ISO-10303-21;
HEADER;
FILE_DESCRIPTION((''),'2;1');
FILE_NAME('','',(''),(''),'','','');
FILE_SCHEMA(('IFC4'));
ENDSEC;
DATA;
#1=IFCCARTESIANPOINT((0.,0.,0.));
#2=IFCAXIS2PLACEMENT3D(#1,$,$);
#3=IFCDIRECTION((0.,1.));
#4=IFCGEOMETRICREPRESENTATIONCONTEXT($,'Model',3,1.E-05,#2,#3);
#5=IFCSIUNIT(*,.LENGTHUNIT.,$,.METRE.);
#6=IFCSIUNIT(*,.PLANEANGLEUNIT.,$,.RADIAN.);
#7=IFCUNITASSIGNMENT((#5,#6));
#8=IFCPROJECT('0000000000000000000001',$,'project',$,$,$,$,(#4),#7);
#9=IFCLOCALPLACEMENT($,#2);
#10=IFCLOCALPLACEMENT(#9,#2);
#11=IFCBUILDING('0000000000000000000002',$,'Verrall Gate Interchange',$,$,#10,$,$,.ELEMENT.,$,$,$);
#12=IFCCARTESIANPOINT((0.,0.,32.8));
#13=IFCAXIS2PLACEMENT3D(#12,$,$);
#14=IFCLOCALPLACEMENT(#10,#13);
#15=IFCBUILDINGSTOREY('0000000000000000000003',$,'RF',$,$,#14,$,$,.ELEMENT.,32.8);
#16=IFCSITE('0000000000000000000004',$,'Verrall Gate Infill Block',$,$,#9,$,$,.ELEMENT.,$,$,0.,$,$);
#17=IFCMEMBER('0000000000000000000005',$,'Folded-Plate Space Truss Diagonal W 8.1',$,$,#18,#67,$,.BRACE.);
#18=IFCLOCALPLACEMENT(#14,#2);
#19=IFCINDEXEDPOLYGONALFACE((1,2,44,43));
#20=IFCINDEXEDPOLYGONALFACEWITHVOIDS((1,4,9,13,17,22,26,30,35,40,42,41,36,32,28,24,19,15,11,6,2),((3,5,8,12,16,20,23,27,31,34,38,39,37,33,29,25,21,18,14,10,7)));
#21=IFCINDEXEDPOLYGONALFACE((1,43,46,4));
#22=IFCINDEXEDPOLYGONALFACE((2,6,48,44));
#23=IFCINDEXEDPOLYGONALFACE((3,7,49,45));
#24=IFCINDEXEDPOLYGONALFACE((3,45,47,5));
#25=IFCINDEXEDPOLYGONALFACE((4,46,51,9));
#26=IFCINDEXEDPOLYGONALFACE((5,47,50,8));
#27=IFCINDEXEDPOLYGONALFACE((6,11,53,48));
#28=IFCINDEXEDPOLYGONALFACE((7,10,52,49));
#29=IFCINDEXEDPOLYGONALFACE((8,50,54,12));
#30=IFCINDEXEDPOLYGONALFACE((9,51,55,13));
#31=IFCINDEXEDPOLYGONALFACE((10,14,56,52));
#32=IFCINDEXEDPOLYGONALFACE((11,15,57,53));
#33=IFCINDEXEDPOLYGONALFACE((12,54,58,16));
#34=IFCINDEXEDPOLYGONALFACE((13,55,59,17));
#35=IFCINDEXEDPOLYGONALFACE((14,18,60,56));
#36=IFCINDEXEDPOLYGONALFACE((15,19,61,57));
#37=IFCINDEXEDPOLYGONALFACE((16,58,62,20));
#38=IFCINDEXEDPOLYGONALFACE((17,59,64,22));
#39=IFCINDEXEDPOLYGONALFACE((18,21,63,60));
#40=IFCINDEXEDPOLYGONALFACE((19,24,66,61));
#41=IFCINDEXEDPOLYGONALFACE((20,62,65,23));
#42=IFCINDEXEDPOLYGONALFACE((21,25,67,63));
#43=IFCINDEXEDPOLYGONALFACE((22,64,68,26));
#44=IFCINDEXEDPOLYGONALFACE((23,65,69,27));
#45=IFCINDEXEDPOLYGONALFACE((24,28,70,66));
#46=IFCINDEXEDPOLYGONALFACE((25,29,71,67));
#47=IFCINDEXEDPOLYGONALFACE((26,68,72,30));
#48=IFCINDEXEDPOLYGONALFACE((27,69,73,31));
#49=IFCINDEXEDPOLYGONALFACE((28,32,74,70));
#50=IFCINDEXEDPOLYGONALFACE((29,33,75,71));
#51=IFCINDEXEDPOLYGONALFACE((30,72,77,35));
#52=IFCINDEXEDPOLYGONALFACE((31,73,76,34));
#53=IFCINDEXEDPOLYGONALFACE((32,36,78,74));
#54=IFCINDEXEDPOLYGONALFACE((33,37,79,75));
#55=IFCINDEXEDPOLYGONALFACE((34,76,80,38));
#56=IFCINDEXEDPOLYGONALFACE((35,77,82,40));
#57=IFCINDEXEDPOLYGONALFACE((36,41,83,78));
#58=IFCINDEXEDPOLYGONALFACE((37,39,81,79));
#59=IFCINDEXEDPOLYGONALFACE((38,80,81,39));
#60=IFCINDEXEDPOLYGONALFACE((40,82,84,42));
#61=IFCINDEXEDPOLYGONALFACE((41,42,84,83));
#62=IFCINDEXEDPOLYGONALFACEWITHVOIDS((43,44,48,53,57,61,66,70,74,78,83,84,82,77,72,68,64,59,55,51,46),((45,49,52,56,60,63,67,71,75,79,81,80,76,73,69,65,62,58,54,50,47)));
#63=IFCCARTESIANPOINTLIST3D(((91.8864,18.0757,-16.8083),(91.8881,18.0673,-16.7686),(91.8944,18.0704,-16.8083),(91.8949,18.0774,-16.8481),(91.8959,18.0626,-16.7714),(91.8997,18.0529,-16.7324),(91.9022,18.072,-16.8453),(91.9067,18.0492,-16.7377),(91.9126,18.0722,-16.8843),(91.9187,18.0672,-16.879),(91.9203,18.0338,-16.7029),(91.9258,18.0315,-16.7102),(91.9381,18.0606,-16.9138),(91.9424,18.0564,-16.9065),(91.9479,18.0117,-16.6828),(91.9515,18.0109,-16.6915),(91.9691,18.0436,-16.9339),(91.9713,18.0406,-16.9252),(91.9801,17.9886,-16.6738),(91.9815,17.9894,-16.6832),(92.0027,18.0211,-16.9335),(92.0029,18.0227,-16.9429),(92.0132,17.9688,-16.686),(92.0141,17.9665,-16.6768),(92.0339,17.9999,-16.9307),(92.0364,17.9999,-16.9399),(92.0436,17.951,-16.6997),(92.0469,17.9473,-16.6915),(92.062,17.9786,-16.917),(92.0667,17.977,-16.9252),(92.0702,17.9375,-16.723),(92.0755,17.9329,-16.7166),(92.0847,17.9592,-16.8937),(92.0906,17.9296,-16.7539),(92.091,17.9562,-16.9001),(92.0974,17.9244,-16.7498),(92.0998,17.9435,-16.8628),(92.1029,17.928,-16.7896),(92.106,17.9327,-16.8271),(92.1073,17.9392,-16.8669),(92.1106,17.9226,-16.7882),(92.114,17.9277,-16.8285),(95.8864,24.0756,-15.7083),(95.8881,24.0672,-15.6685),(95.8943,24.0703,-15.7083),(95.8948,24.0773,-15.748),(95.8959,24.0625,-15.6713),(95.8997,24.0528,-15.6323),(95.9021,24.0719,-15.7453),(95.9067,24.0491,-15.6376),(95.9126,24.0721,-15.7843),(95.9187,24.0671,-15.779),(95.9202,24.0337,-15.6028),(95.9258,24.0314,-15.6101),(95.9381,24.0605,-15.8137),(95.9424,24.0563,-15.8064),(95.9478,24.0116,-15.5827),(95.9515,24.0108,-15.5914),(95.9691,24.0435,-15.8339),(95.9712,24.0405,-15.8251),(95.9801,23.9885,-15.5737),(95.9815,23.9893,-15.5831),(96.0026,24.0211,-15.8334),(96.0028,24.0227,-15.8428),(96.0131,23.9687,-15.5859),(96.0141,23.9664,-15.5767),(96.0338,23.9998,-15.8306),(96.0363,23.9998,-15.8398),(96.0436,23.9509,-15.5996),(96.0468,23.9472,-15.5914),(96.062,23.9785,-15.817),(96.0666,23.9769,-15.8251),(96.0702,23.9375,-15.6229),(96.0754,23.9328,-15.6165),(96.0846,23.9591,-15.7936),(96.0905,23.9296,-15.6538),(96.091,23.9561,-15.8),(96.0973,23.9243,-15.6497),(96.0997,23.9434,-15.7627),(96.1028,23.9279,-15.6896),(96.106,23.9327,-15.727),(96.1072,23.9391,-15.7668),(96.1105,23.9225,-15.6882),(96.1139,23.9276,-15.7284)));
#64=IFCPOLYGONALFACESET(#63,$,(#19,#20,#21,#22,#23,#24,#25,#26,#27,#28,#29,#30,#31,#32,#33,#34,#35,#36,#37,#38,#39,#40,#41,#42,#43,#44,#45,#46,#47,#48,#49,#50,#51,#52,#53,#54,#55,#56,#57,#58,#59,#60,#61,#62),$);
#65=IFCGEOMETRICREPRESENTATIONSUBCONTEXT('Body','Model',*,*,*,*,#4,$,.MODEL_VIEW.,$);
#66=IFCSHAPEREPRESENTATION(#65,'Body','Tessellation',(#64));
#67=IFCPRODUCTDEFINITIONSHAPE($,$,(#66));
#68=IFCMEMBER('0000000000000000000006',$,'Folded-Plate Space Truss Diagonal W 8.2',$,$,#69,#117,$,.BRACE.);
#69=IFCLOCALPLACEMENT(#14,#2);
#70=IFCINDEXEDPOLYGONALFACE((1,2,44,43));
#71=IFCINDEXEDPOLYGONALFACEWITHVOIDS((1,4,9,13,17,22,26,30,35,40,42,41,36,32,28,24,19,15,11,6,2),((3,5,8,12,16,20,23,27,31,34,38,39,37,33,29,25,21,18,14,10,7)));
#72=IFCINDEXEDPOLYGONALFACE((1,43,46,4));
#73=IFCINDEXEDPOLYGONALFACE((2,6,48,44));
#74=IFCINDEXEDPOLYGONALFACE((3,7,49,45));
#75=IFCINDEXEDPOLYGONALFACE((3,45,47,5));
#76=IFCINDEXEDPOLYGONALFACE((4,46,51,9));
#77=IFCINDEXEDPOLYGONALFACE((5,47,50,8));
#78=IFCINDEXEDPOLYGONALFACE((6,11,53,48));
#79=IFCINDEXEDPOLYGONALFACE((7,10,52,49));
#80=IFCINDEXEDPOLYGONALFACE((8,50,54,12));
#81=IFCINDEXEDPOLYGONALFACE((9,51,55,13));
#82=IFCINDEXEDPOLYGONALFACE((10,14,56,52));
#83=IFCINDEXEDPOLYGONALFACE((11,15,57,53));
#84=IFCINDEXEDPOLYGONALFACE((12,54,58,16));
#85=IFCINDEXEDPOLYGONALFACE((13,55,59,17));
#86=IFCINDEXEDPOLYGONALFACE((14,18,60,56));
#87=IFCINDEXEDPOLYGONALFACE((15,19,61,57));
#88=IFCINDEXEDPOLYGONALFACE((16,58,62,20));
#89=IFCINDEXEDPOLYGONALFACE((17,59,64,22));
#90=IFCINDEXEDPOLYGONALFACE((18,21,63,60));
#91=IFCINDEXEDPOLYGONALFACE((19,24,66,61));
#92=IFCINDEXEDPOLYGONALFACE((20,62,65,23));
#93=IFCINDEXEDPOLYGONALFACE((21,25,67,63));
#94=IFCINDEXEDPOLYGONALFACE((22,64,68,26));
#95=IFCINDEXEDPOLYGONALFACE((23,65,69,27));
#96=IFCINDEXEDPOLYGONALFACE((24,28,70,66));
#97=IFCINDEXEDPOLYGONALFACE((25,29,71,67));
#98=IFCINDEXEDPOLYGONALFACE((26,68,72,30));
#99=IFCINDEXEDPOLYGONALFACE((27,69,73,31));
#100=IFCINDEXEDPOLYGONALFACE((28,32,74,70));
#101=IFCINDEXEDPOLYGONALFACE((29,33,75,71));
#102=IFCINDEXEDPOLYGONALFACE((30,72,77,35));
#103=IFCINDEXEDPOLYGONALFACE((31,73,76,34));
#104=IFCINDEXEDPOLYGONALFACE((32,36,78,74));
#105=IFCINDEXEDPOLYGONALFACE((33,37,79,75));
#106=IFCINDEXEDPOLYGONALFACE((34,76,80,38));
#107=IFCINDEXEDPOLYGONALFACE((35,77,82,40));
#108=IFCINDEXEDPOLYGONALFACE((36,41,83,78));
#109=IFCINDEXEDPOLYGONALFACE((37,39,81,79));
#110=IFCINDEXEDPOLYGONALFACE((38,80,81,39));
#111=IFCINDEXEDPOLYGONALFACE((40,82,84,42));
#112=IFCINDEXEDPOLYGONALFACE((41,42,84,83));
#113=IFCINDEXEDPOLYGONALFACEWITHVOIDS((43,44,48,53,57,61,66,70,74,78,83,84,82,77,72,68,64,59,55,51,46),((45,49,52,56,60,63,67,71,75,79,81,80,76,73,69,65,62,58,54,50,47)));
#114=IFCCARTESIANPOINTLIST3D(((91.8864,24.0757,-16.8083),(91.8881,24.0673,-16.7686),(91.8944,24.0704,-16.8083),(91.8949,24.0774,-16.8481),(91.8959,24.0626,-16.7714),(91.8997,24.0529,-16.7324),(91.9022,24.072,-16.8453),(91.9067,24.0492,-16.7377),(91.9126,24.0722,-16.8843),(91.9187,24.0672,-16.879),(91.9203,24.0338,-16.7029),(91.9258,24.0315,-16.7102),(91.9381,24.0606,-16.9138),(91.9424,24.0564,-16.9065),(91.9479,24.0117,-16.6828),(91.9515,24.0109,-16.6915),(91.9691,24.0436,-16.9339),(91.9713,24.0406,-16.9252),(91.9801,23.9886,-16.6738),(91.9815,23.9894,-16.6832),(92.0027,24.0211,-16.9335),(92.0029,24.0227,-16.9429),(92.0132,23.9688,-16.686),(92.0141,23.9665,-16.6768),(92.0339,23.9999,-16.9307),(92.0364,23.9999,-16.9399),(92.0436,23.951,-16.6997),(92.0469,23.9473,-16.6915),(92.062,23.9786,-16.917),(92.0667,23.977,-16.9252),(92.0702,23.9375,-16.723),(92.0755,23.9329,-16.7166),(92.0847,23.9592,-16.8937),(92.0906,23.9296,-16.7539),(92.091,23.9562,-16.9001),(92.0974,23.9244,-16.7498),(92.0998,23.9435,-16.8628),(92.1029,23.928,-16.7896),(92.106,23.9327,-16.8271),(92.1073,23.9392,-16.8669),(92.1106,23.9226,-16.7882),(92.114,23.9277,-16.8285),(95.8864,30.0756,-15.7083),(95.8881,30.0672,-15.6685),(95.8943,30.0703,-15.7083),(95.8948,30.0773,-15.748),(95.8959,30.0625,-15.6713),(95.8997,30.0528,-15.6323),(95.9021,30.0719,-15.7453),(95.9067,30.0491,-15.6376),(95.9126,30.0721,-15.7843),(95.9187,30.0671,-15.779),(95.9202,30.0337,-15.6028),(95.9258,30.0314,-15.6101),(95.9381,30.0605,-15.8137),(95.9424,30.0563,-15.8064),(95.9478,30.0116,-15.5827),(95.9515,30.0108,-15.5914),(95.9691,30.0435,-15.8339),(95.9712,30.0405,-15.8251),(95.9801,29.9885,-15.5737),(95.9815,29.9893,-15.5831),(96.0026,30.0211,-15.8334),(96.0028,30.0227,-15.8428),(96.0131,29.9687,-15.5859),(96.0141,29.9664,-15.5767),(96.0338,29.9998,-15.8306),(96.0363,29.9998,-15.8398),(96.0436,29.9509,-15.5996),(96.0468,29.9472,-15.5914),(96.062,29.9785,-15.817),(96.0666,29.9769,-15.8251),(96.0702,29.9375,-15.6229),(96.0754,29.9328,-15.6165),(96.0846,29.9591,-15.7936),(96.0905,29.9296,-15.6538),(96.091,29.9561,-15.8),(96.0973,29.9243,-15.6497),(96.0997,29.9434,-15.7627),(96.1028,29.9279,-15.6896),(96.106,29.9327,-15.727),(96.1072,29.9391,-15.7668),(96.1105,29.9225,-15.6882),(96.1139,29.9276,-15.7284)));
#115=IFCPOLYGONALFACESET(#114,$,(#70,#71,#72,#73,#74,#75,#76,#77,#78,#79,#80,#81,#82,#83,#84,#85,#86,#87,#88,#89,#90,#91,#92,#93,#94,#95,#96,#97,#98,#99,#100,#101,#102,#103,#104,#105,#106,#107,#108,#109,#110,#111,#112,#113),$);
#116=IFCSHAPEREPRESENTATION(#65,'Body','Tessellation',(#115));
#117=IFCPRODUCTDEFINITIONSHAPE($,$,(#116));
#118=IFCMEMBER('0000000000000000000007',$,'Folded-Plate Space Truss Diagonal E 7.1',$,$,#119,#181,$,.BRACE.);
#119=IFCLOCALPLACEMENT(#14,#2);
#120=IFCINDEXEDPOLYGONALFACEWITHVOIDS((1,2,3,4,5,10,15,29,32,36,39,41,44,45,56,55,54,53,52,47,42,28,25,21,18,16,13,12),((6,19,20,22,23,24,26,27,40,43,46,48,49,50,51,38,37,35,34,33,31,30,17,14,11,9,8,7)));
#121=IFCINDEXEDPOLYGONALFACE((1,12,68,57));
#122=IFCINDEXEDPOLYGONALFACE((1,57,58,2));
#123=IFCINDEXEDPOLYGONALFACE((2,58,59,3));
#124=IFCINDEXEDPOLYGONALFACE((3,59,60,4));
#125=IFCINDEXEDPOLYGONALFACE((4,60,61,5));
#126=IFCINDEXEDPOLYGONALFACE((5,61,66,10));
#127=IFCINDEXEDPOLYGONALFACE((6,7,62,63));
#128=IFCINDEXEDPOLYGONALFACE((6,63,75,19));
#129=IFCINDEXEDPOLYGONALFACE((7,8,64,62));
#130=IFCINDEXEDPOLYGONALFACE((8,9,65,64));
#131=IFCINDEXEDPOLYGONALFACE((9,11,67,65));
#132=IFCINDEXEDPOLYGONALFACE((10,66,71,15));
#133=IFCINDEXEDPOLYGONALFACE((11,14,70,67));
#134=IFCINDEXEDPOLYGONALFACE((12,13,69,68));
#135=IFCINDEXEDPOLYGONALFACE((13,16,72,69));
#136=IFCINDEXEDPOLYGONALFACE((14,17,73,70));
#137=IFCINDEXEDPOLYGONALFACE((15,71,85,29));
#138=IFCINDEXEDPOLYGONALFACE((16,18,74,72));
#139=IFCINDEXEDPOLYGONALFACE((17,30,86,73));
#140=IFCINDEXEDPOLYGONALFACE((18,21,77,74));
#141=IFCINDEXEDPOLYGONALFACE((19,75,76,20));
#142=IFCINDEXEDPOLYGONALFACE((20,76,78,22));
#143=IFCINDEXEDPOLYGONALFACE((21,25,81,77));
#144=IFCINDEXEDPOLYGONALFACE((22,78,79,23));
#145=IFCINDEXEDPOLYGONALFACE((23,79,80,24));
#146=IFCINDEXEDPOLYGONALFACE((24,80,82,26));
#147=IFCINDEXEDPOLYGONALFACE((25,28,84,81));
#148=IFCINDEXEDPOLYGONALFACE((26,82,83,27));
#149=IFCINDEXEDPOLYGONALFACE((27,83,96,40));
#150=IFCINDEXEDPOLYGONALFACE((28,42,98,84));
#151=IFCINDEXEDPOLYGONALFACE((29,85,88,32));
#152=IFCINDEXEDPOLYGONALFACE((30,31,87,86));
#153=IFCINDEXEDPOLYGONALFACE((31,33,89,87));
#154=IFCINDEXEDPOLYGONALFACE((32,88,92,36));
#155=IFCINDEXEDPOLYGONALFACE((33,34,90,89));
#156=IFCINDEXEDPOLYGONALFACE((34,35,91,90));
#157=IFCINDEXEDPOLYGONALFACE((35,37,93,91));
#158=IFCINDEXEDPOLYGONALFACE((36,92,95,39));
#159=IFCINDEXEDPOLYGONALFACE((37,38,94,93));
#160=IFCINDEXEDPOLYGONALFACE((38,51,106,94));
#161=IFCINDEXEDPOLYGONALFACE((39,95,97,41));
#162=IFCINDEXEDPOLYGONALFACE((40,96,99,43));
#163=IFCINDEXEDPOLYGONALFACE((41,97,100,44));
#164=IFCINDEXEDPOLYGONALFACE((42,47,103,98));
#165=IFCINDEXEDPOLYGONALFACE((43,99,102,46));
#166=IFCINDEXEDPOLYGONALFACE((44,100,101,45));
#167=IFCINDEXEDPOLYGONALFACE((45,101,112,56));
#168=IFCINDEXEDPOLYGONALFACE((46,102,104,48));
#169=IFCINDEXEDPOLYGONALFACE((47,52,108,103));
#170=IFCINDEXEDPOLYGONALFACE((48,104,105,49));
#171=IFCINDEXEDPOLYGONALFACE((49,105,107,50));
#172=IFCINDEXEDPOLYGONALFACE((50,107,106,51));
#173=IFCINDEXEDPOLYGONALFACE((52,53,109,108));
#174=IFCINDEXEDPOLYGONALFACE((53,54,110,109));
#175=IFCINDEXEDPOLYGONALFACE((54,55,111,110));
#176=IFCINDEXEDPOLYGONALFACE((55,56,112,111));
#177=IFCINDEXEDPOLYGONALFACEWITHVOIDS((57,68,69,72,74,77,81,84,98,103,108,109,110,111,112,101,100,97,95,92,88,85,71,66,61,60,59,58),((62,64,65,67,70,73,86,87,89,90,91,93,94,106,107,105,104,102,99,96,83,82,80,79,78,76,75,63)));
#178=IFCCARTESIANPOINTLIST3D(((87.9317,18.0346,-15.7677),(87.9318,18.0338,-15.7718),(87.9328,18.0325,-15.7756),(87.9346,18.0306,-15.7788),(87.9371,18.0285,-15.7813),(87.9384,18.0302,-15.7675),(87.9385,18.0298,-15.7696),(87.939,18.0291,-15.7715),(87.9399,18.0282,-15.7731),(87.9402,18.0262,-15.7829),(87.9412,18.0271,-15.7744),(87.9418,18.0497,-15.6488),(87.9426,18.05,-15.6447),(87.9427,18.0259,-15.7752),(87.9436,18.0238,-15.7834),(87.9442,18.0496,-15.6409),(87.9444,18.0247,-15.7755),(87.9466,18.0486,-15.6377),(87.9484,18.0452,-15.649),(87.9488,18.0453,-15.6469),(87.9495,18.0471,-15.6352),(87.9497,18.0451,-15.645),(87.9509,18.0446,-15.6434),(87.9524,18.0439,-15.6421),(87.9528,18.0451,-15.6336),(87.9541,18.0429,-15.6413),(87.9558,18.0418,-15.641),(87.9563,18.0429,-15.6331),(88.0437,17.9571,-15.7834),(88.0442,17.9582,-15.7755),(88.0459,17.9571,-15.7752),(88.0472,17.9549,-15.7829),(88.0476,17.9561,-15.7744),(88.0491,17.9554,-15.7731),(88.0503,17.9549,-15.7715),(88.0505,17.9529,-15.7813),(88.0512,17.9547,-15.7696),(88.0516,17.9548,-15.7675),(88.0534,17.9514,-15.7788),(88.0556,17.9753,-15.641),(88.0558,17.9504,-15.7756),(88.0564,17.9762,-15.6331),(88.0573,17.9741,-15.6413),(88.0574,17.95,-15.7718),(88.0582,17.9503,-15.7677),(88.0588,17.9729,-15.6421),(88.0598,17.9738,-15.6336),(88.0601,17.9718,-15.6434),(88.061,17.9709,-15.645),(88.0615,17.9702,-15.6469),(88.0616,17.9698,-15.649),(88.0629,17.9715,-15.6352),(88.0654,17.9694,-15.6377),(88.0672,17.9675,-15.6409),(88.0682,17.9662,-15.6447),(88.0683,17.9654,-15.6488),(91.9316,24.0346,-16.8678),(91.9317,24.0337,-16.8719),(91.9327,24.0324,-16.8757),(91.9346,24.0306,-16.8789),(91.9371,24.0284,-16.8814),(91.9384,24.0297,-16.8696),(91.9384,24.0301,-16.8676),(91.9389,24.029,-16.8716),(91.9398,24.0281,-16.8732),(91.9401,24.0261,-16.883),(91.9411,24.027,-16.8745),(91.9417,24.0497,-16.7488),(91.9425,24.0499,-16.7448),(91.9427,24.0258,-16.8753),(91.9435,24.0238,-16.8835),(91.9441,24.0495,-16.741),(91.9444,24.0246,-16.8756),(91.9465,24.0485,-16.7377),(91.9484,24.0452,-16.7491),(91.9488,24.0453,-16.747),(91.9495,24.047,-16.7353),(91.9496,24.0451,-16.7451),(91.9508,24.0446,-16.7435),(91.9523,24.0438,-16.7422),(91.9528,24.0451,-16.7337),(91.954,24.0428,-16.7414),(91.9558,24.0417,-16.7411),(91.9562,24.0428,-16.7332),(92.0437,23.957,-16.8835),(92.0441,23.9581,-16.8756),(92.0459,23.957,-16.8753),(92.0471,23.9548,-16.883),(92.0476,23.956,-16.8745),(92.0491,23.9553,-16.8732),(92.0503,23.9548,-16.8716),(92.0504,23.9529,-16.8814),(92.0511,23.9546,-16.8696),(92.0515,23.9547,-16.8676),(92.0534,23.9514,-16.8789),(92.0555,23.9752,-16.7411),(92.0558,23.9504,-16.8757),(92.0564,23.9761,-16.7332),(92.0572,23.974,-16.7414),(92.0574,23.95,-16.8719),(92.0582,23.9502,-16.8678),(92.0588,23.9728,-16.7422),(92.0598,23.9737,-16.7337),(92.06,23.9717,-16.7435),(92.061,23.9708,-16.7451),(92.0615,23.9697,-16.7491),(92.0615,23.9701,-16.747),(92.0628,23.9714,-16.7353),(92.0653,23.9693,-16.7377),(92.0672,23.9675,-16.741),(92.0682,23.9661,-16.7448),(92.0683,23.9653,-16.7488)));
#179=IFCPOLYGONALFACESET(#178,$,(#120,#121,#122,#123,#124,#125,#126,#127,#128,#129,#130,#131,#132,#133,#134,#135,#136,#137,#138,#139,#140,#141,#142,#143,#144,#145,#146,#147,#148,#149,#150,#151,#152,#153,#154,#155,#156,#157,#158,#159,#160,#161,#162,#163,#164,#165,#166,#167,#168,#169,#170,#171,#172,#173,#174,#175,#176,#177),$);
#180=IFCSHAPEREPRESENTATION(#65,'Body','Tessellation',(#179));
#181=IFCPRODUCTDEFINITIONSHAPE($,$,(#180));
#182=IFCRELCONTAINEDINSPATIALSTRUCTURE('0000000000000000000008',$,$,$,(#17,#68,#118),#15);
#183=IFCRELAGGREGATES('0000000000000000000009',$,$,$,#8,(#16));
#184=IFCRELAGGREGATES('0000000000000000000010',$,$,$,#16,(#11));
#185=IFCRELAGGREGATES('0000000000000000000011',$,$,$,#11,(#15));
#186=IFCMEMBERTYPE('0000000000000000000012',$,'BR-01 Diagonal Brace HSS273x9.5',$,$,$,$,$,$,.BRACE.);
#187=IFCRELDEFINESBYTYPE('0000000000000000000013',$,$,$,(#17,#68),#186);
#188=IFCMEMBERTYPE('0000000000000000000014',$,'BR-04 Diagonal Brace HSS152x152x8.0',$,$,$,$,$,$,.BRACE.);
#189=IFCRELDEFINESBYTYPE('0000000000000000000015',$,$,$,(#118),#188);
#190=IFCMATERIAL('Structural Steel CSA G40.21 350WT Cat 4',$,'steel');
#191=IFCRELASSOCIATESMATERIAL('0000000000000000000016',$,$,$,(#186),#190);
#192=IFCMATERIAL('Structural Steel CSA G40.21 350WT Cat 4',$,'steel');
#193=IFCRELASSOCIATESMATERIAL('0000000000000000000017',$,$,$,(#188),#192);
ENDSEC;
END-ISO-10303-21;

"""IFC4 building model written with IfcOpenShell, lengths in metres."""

from ifc_helpers import new_model, si_unit, direction, frame, origin, origin_2d, place, context, subcontext, project, spatial, hollow_rectangle, hollow_circle, extrude, material, material_profile, profile_set, type_object, element, save


model = new_model("IFC4")

# Units and contexts
model_context = context("Model", 3, precision=1e-05, world=origin(), true_north=direction((0.0, 1.0)))
body_context = subcontext(model_context, "Body", "Model", "MODEL_VIEW")
ifc_project = project(units=[si_unit("LENGTHUNIT", "METRE"), si_unit("PLANEANGLEUNIT", "RADIAN")], contexts=[model_context])

# Site, building, storey
site_placement = place(None, origin())
site = spatial("IfcSite", under=ifc_project, at=site_placement, Name="Verrall Gate Infill Block", CompositionType="ELEMENT", RefElevation=0.0)
building_placement = place(site_placement, origin())
building = spatial("IfcBuilding", under=site, at=building_placement, Name="Verrall Gate Interchange", CompositionType="ELEMENT")
storey_placement = place(building_placement, frame((0.0, 0.0, 32.8)))
storey = spatial("IfcBuildingStorey", under=building, at=storey_placement, Name="RF", CompositionType="ELEMENT", Elevation=32.8)

# Members
ifc_material_1 = material(Name="Structural Steel CSA G40.21 350WT Cat 4", Category="steel")
ifc_material_profile_1 = material_profile(ifc_material_1, hollow_circle(Radius=0.1365, WallThickness=0.0095, at=origin_2d()), Name="HSS273x9.5")
ifc_profile_set_1 = profile_set([ifc_material_profile_1], Name="Structural Steel CSA G40.21 350WT Cat 4")
member_type_1 = type_object("IfcMemberType", Name="BR-01 Diagonal Brace HSS273x9.5", PredefinedType="BRACE", material=ifc_profile_set_1)
for number, where, z_axis, x_axis, name in (
    (1, (92.0, 18.0, -16.8083), (0.548356, 0.822534, 0.150811), (-0.83205, 0.5547, 0.0), "Folded-Plate Space Truss Diagonal W 8.1"),
    (2, (92.0, 24.0, -16.8083), (0.548356, 0.822534, 0.150811), (-0.83205, 0.5547, 0.0), "Folded-Plate Space Truss Diagonal W 8.2"),
):
    element("IfcMember", number, at=place(storey_placement, frame(where, z_axis=z_axis, x_axis=x_axis)), inside=storey, type_object=member_type_1, Name=name, PredefinedType="BRACE", context=body_context, shape_type="SweptSolid", body=[
        extrude(hollow_circle(Radius=0.1365, WallThickness=0.0095, at=origin_2d()), origin(), (0.0, 0.0, 1.0), 7.2944),
    ])
ifc_material_2 = material(Name="Structural Steel CSA G40.21 350WT Cat 4", Category="steel")
ifc_material_profile_2 = material_profile(ifc_material_2, hollow_rectangle(XDim=0.1521, YDim=0.1521, WallThickness=0.0081, InnerFilletRadius=0.0081, OuterFilletRadius=0.0159, at=origin_2d()), Name="HSS152x152x8.0")
ifc_profile_set_2 = profile_set([ifc_material_profile_2], Name="Structural Steel CSA G40.21 350WT Cat 4")
member_type_2 = type_object("IfcMemberType", Name="BR-04 Diagonal Brace HSS152x152x8.0", PredefinedType="BRACE", material=ifc_profile_set_2)
for number, where, z_axis, x_axis, name in (
    (3, (88.0, 18.0, -15.7083), (0.548356, 0.822534, -0.150811), (-0.83205, 0.5547, 0.0), "Folded-Plate Space Truss Diagonal E 7.1"),
):
    element("IfcMember", number, at=place(storey_placement, frame(where, z_axis=z_axis, x_axis=x_axis)), inside=storey, type_object=member_type_2, Name=name, PredefinedType="BRACE", context=body_context, shape_type="SweptSolid", body=[
        extrude(hollow_rectangle(XDim=0.1521, YDim=0.1521, WallThickness=0.0081, InnerFilletRadius=0.0081, OuterFilletRadius=0.0159, at=origin_2d()), origin(), (0.0, 0.0, 1.0), 7.2944),
    ])

save(model, "model.ifc")
